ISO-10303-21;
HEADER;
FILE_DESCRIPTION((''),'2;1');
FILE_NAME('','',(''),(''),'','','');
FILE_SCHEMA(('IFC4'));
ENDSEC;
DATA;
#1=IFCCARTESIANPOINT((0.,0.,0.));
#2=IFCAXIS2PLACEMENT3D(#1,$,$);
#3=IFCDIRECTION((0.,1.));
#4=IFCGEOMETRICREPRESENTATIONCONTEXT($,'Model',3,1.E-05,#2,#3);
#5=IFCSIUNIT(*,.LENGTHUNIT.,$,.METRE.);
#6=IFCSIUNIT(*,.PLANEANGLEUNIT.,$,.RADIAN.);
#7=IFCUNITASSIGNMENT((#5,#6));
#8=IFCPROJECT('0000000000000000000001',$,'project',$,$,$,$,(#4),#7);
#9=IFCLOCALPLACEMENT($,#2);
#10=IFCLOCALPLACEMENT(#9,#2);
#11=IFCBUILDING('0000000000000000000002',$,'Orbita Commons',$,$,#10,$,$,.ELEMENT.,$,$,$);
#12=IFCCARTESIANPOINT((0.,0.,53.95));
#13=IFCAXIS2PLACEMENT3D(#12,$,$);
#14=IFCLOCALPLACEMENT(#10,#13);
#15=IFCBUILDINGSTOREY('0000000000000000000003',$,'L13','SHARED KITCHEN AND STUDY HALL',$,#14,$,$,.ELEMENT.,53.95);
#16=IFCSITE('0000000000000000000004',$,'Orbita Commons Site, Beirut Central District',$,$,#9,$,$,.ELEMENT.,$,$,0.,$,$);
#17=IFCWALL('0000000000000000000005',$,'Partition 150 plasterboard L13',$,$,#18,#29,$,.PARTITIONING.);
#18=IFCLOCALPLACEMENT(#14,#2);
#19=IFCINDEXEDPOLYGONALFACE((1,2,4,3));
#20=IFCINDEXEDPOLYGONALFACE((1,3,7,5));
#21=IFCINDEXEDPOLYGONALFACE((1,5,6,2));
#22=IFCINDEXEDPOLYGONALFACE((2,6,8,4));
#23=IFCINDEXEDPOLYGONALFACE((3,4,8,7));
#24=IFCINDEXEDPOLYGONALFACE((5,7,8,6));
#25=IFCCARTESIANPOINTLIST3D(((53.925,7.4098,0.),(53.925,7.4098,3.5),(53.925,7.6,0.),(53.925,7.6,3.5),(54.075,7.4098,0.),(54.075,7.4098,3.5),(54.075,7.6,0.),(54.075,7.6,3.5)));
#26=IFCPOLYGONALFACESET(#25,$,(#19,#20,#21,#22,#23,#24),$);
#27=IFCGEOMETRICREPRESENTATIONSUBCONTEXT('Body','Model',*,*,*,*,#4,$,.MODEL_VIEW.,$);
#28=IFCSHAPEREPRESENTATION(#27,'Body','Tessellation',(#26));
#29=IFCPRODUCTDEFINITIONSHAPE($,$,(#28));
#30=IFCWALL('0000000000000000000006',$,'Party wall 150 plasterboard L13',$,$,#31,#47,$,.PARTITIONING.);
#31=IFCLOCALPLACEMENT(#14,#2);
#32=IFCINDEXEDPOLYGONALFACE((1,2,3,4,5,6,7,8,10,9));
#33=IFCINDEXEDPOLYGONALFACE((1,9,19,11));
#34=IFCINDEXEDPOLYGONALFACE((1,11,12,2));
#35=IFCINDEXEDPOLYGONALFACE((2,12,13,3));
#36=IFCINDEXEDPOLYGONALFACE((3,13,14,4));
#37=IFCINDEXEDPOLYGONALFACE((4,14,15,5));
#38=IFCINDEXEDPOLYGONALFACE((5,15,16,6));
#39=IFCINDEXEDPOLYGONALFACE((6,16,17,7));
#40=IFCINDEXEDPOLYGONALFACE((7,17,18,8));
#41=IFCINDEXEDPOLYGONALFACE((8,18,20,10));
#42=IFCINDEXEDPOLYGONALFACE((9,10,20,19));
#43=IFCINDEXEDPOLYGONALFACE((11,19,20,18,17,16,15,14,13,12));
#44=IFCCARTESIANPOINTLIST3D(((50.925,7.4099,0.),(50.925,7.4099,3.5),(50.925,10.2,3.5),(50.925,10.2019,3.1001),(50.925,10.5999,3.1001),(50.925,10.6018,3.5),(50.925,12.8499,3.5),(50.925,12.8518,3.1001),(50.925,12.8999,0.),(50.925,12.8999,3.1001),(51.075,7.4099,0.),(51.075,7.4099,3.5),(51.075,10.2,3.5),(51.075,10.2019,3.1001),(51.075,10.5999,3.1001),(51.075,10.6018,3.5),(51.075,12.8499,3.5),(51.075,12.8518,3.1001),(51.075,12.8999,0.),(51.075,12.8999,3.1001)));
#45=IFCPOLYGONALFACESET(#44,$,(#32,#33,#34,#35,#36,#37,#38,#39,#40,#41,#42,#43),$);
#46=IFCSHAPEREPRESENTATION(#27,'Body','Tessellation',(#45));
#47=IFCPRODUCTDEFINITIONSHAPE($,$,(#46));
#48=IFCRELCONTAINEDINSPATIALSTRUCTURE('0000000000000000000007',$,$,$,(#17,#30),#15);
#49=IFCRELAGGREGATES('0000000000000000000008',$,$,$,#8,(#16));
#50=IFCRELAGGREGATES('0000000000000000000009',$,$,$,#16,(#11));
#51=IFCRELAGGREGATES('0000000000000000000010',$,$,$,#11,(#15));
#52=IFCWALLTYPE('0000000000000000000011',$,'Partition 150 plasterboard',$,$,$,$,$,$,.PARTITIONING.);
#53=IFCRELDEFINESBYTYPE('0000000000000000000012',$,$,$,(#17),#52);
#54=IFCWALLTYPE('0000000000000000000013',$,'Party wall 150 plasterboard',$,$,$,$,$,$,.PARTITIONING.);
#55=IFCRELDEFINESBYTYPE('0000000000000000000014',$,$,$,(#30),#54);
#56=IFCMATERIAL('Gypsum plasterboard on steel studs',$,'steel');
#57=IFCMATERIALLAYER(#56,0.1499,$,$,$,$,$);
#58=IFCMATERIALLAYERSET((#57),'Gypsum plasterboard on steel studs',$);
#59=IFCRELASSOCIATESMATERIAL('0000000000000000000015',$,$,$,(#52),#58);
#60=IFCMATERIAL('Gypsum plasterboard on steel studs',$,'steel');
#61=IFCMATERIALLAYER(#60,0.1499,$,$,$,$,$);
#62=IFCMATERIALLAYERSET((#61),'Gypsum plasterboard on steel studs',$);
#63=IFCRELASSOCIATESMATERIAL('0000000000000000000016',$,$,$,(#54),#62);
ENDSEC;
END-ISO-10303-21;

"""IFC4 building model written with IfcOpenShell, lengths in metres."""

from ifc_helpers import new_model, si_unit, direction, frame, frame_2d, origin, place, context, subcontext, project, spatial, polyline, rectangle, outline, extrude, material, layer, layer_set, type_object, element, save


model = new_model("IFC4")

# Units and contexts
model_context = context("Model", 3, precision=1e-05, world=origin(), true_north=direction((0.0, 1.0)))
body_context = subcontext(model_context, "Body", "Model", "MODEL_VIEW")
ifc_project = project(units=[si_unit("LENGTHUNIT", "METRE"), si_unit("PLANEANGLEUNIT", "RADIAN")], contexts=[model_context])

# Site, building, storey
site_placement = place(None, origin())
site = spatial("IfcSite", under=ifc_project, at=site_placement, Name="Orbita Commons Site, Beirut Central District", CompositionType="ELEMENT", RefElevation=0.0)
building_placement = place(site_placement, origin())
building = spatial("IfcBuilding", under=site, at=building_placement, Name="Orbita Commons", CompositionType="ELEMENT")
storey_placement = place(building_placement, frame((0.0, 0.0, 53.95)))
storey = spatial("IfcBuildingStorey", under=building, at=storey_placement, Name="L13", Description="SHARED KITCHEN AND STUDY HALL", CompositionType="ELEMENT", Elevation=53.95)

# Walls
ifc_material_1 = material(Name="Gypsum plasterboard on steel studs", Category="steel")
ifc_layer_1 = layer(ifc_material_1, 0.1499)
ifc_layer_set_1 = layer_set([ifc_layer_1], Name="Gypsum plasterboard on steel studs")
wall_type_1 = type_object("IfcWallType", Name="Partition 150 plasterboard", PredefinedType="PARTITIONING", material=ifc_layer_set_1)
for number, where, z_axis, x_axis, name in (
    (1, (54.0, 7.6001, 0.0), (0.0, 0.0, 1.0), (0.0, -1.0, 0.0), "Partition 150 plasterboard L13"),
):
    element("IfcWall", number, at=place(storey_placement, frame(where, z_axis=z_axis, x_axis=x_axis)), inside=storey, type_object=wall_type_1, Name=name, PredefinedType="PARTITIONING", context=body_context, shape_type="SweptSolid", body=[
        extrude(rectangle(XDim=0.1902, YDim=0.1499, at=frame_2d((0.0952, 0.0))), origin(), (0.0, 0.0, 1.0), 3.5),
    ])
ifc_material_2 = material(Name="Gypsum plasterboard on steel studs", Category="steel")
ifc_layer_2 = layer(ifc_material_2, 0.1499)
ifc_layer_set_2 = layer_set([ifc_layer_2], Name="Gypsum plasterboard on steel studs")
wall_type_2 = type_object("IfcWallType", Name="Party wall 150 plasterboard", PredefinedType="PARTITIONING", material=ifc_layer_set_2)
wall_1_placement = place(storey_placement, frame((51.0, 7.4099, 0.0), z_axis=(0.0, 0.0, 1.0), x_axis=(0.0, 1.0, 0.0)))
element("IfcWall", 2, at=wall_1_placement, inside=storey, type_object=wall_type_2, Name="Party wall 150 plasterboard L13", PredefinedType="PARTITIONING", context=body_context, shape_type="SweptSolid", body=[
    extrude(outline(polyline([(0.0, 0.0), (5.49, 0.0), (5.49, 3.1001), (5.4419, 3.1001), (5.4399, 3.5), (3.1919, 3.5), (3.1899, 3.1001), (2.792, 3.1001), (2.79, 3.5), (0.0, 3.5), (0.0, 0.0)])), frame((0.0, 0.075, 0.0), z_axis=(0.0, -1.0, 0.0), x_axis=(1.0, 0.0, 0.0)), (0.0, 0.0, 1.0), 0.1499),
])

save(model, "model.ifc")
